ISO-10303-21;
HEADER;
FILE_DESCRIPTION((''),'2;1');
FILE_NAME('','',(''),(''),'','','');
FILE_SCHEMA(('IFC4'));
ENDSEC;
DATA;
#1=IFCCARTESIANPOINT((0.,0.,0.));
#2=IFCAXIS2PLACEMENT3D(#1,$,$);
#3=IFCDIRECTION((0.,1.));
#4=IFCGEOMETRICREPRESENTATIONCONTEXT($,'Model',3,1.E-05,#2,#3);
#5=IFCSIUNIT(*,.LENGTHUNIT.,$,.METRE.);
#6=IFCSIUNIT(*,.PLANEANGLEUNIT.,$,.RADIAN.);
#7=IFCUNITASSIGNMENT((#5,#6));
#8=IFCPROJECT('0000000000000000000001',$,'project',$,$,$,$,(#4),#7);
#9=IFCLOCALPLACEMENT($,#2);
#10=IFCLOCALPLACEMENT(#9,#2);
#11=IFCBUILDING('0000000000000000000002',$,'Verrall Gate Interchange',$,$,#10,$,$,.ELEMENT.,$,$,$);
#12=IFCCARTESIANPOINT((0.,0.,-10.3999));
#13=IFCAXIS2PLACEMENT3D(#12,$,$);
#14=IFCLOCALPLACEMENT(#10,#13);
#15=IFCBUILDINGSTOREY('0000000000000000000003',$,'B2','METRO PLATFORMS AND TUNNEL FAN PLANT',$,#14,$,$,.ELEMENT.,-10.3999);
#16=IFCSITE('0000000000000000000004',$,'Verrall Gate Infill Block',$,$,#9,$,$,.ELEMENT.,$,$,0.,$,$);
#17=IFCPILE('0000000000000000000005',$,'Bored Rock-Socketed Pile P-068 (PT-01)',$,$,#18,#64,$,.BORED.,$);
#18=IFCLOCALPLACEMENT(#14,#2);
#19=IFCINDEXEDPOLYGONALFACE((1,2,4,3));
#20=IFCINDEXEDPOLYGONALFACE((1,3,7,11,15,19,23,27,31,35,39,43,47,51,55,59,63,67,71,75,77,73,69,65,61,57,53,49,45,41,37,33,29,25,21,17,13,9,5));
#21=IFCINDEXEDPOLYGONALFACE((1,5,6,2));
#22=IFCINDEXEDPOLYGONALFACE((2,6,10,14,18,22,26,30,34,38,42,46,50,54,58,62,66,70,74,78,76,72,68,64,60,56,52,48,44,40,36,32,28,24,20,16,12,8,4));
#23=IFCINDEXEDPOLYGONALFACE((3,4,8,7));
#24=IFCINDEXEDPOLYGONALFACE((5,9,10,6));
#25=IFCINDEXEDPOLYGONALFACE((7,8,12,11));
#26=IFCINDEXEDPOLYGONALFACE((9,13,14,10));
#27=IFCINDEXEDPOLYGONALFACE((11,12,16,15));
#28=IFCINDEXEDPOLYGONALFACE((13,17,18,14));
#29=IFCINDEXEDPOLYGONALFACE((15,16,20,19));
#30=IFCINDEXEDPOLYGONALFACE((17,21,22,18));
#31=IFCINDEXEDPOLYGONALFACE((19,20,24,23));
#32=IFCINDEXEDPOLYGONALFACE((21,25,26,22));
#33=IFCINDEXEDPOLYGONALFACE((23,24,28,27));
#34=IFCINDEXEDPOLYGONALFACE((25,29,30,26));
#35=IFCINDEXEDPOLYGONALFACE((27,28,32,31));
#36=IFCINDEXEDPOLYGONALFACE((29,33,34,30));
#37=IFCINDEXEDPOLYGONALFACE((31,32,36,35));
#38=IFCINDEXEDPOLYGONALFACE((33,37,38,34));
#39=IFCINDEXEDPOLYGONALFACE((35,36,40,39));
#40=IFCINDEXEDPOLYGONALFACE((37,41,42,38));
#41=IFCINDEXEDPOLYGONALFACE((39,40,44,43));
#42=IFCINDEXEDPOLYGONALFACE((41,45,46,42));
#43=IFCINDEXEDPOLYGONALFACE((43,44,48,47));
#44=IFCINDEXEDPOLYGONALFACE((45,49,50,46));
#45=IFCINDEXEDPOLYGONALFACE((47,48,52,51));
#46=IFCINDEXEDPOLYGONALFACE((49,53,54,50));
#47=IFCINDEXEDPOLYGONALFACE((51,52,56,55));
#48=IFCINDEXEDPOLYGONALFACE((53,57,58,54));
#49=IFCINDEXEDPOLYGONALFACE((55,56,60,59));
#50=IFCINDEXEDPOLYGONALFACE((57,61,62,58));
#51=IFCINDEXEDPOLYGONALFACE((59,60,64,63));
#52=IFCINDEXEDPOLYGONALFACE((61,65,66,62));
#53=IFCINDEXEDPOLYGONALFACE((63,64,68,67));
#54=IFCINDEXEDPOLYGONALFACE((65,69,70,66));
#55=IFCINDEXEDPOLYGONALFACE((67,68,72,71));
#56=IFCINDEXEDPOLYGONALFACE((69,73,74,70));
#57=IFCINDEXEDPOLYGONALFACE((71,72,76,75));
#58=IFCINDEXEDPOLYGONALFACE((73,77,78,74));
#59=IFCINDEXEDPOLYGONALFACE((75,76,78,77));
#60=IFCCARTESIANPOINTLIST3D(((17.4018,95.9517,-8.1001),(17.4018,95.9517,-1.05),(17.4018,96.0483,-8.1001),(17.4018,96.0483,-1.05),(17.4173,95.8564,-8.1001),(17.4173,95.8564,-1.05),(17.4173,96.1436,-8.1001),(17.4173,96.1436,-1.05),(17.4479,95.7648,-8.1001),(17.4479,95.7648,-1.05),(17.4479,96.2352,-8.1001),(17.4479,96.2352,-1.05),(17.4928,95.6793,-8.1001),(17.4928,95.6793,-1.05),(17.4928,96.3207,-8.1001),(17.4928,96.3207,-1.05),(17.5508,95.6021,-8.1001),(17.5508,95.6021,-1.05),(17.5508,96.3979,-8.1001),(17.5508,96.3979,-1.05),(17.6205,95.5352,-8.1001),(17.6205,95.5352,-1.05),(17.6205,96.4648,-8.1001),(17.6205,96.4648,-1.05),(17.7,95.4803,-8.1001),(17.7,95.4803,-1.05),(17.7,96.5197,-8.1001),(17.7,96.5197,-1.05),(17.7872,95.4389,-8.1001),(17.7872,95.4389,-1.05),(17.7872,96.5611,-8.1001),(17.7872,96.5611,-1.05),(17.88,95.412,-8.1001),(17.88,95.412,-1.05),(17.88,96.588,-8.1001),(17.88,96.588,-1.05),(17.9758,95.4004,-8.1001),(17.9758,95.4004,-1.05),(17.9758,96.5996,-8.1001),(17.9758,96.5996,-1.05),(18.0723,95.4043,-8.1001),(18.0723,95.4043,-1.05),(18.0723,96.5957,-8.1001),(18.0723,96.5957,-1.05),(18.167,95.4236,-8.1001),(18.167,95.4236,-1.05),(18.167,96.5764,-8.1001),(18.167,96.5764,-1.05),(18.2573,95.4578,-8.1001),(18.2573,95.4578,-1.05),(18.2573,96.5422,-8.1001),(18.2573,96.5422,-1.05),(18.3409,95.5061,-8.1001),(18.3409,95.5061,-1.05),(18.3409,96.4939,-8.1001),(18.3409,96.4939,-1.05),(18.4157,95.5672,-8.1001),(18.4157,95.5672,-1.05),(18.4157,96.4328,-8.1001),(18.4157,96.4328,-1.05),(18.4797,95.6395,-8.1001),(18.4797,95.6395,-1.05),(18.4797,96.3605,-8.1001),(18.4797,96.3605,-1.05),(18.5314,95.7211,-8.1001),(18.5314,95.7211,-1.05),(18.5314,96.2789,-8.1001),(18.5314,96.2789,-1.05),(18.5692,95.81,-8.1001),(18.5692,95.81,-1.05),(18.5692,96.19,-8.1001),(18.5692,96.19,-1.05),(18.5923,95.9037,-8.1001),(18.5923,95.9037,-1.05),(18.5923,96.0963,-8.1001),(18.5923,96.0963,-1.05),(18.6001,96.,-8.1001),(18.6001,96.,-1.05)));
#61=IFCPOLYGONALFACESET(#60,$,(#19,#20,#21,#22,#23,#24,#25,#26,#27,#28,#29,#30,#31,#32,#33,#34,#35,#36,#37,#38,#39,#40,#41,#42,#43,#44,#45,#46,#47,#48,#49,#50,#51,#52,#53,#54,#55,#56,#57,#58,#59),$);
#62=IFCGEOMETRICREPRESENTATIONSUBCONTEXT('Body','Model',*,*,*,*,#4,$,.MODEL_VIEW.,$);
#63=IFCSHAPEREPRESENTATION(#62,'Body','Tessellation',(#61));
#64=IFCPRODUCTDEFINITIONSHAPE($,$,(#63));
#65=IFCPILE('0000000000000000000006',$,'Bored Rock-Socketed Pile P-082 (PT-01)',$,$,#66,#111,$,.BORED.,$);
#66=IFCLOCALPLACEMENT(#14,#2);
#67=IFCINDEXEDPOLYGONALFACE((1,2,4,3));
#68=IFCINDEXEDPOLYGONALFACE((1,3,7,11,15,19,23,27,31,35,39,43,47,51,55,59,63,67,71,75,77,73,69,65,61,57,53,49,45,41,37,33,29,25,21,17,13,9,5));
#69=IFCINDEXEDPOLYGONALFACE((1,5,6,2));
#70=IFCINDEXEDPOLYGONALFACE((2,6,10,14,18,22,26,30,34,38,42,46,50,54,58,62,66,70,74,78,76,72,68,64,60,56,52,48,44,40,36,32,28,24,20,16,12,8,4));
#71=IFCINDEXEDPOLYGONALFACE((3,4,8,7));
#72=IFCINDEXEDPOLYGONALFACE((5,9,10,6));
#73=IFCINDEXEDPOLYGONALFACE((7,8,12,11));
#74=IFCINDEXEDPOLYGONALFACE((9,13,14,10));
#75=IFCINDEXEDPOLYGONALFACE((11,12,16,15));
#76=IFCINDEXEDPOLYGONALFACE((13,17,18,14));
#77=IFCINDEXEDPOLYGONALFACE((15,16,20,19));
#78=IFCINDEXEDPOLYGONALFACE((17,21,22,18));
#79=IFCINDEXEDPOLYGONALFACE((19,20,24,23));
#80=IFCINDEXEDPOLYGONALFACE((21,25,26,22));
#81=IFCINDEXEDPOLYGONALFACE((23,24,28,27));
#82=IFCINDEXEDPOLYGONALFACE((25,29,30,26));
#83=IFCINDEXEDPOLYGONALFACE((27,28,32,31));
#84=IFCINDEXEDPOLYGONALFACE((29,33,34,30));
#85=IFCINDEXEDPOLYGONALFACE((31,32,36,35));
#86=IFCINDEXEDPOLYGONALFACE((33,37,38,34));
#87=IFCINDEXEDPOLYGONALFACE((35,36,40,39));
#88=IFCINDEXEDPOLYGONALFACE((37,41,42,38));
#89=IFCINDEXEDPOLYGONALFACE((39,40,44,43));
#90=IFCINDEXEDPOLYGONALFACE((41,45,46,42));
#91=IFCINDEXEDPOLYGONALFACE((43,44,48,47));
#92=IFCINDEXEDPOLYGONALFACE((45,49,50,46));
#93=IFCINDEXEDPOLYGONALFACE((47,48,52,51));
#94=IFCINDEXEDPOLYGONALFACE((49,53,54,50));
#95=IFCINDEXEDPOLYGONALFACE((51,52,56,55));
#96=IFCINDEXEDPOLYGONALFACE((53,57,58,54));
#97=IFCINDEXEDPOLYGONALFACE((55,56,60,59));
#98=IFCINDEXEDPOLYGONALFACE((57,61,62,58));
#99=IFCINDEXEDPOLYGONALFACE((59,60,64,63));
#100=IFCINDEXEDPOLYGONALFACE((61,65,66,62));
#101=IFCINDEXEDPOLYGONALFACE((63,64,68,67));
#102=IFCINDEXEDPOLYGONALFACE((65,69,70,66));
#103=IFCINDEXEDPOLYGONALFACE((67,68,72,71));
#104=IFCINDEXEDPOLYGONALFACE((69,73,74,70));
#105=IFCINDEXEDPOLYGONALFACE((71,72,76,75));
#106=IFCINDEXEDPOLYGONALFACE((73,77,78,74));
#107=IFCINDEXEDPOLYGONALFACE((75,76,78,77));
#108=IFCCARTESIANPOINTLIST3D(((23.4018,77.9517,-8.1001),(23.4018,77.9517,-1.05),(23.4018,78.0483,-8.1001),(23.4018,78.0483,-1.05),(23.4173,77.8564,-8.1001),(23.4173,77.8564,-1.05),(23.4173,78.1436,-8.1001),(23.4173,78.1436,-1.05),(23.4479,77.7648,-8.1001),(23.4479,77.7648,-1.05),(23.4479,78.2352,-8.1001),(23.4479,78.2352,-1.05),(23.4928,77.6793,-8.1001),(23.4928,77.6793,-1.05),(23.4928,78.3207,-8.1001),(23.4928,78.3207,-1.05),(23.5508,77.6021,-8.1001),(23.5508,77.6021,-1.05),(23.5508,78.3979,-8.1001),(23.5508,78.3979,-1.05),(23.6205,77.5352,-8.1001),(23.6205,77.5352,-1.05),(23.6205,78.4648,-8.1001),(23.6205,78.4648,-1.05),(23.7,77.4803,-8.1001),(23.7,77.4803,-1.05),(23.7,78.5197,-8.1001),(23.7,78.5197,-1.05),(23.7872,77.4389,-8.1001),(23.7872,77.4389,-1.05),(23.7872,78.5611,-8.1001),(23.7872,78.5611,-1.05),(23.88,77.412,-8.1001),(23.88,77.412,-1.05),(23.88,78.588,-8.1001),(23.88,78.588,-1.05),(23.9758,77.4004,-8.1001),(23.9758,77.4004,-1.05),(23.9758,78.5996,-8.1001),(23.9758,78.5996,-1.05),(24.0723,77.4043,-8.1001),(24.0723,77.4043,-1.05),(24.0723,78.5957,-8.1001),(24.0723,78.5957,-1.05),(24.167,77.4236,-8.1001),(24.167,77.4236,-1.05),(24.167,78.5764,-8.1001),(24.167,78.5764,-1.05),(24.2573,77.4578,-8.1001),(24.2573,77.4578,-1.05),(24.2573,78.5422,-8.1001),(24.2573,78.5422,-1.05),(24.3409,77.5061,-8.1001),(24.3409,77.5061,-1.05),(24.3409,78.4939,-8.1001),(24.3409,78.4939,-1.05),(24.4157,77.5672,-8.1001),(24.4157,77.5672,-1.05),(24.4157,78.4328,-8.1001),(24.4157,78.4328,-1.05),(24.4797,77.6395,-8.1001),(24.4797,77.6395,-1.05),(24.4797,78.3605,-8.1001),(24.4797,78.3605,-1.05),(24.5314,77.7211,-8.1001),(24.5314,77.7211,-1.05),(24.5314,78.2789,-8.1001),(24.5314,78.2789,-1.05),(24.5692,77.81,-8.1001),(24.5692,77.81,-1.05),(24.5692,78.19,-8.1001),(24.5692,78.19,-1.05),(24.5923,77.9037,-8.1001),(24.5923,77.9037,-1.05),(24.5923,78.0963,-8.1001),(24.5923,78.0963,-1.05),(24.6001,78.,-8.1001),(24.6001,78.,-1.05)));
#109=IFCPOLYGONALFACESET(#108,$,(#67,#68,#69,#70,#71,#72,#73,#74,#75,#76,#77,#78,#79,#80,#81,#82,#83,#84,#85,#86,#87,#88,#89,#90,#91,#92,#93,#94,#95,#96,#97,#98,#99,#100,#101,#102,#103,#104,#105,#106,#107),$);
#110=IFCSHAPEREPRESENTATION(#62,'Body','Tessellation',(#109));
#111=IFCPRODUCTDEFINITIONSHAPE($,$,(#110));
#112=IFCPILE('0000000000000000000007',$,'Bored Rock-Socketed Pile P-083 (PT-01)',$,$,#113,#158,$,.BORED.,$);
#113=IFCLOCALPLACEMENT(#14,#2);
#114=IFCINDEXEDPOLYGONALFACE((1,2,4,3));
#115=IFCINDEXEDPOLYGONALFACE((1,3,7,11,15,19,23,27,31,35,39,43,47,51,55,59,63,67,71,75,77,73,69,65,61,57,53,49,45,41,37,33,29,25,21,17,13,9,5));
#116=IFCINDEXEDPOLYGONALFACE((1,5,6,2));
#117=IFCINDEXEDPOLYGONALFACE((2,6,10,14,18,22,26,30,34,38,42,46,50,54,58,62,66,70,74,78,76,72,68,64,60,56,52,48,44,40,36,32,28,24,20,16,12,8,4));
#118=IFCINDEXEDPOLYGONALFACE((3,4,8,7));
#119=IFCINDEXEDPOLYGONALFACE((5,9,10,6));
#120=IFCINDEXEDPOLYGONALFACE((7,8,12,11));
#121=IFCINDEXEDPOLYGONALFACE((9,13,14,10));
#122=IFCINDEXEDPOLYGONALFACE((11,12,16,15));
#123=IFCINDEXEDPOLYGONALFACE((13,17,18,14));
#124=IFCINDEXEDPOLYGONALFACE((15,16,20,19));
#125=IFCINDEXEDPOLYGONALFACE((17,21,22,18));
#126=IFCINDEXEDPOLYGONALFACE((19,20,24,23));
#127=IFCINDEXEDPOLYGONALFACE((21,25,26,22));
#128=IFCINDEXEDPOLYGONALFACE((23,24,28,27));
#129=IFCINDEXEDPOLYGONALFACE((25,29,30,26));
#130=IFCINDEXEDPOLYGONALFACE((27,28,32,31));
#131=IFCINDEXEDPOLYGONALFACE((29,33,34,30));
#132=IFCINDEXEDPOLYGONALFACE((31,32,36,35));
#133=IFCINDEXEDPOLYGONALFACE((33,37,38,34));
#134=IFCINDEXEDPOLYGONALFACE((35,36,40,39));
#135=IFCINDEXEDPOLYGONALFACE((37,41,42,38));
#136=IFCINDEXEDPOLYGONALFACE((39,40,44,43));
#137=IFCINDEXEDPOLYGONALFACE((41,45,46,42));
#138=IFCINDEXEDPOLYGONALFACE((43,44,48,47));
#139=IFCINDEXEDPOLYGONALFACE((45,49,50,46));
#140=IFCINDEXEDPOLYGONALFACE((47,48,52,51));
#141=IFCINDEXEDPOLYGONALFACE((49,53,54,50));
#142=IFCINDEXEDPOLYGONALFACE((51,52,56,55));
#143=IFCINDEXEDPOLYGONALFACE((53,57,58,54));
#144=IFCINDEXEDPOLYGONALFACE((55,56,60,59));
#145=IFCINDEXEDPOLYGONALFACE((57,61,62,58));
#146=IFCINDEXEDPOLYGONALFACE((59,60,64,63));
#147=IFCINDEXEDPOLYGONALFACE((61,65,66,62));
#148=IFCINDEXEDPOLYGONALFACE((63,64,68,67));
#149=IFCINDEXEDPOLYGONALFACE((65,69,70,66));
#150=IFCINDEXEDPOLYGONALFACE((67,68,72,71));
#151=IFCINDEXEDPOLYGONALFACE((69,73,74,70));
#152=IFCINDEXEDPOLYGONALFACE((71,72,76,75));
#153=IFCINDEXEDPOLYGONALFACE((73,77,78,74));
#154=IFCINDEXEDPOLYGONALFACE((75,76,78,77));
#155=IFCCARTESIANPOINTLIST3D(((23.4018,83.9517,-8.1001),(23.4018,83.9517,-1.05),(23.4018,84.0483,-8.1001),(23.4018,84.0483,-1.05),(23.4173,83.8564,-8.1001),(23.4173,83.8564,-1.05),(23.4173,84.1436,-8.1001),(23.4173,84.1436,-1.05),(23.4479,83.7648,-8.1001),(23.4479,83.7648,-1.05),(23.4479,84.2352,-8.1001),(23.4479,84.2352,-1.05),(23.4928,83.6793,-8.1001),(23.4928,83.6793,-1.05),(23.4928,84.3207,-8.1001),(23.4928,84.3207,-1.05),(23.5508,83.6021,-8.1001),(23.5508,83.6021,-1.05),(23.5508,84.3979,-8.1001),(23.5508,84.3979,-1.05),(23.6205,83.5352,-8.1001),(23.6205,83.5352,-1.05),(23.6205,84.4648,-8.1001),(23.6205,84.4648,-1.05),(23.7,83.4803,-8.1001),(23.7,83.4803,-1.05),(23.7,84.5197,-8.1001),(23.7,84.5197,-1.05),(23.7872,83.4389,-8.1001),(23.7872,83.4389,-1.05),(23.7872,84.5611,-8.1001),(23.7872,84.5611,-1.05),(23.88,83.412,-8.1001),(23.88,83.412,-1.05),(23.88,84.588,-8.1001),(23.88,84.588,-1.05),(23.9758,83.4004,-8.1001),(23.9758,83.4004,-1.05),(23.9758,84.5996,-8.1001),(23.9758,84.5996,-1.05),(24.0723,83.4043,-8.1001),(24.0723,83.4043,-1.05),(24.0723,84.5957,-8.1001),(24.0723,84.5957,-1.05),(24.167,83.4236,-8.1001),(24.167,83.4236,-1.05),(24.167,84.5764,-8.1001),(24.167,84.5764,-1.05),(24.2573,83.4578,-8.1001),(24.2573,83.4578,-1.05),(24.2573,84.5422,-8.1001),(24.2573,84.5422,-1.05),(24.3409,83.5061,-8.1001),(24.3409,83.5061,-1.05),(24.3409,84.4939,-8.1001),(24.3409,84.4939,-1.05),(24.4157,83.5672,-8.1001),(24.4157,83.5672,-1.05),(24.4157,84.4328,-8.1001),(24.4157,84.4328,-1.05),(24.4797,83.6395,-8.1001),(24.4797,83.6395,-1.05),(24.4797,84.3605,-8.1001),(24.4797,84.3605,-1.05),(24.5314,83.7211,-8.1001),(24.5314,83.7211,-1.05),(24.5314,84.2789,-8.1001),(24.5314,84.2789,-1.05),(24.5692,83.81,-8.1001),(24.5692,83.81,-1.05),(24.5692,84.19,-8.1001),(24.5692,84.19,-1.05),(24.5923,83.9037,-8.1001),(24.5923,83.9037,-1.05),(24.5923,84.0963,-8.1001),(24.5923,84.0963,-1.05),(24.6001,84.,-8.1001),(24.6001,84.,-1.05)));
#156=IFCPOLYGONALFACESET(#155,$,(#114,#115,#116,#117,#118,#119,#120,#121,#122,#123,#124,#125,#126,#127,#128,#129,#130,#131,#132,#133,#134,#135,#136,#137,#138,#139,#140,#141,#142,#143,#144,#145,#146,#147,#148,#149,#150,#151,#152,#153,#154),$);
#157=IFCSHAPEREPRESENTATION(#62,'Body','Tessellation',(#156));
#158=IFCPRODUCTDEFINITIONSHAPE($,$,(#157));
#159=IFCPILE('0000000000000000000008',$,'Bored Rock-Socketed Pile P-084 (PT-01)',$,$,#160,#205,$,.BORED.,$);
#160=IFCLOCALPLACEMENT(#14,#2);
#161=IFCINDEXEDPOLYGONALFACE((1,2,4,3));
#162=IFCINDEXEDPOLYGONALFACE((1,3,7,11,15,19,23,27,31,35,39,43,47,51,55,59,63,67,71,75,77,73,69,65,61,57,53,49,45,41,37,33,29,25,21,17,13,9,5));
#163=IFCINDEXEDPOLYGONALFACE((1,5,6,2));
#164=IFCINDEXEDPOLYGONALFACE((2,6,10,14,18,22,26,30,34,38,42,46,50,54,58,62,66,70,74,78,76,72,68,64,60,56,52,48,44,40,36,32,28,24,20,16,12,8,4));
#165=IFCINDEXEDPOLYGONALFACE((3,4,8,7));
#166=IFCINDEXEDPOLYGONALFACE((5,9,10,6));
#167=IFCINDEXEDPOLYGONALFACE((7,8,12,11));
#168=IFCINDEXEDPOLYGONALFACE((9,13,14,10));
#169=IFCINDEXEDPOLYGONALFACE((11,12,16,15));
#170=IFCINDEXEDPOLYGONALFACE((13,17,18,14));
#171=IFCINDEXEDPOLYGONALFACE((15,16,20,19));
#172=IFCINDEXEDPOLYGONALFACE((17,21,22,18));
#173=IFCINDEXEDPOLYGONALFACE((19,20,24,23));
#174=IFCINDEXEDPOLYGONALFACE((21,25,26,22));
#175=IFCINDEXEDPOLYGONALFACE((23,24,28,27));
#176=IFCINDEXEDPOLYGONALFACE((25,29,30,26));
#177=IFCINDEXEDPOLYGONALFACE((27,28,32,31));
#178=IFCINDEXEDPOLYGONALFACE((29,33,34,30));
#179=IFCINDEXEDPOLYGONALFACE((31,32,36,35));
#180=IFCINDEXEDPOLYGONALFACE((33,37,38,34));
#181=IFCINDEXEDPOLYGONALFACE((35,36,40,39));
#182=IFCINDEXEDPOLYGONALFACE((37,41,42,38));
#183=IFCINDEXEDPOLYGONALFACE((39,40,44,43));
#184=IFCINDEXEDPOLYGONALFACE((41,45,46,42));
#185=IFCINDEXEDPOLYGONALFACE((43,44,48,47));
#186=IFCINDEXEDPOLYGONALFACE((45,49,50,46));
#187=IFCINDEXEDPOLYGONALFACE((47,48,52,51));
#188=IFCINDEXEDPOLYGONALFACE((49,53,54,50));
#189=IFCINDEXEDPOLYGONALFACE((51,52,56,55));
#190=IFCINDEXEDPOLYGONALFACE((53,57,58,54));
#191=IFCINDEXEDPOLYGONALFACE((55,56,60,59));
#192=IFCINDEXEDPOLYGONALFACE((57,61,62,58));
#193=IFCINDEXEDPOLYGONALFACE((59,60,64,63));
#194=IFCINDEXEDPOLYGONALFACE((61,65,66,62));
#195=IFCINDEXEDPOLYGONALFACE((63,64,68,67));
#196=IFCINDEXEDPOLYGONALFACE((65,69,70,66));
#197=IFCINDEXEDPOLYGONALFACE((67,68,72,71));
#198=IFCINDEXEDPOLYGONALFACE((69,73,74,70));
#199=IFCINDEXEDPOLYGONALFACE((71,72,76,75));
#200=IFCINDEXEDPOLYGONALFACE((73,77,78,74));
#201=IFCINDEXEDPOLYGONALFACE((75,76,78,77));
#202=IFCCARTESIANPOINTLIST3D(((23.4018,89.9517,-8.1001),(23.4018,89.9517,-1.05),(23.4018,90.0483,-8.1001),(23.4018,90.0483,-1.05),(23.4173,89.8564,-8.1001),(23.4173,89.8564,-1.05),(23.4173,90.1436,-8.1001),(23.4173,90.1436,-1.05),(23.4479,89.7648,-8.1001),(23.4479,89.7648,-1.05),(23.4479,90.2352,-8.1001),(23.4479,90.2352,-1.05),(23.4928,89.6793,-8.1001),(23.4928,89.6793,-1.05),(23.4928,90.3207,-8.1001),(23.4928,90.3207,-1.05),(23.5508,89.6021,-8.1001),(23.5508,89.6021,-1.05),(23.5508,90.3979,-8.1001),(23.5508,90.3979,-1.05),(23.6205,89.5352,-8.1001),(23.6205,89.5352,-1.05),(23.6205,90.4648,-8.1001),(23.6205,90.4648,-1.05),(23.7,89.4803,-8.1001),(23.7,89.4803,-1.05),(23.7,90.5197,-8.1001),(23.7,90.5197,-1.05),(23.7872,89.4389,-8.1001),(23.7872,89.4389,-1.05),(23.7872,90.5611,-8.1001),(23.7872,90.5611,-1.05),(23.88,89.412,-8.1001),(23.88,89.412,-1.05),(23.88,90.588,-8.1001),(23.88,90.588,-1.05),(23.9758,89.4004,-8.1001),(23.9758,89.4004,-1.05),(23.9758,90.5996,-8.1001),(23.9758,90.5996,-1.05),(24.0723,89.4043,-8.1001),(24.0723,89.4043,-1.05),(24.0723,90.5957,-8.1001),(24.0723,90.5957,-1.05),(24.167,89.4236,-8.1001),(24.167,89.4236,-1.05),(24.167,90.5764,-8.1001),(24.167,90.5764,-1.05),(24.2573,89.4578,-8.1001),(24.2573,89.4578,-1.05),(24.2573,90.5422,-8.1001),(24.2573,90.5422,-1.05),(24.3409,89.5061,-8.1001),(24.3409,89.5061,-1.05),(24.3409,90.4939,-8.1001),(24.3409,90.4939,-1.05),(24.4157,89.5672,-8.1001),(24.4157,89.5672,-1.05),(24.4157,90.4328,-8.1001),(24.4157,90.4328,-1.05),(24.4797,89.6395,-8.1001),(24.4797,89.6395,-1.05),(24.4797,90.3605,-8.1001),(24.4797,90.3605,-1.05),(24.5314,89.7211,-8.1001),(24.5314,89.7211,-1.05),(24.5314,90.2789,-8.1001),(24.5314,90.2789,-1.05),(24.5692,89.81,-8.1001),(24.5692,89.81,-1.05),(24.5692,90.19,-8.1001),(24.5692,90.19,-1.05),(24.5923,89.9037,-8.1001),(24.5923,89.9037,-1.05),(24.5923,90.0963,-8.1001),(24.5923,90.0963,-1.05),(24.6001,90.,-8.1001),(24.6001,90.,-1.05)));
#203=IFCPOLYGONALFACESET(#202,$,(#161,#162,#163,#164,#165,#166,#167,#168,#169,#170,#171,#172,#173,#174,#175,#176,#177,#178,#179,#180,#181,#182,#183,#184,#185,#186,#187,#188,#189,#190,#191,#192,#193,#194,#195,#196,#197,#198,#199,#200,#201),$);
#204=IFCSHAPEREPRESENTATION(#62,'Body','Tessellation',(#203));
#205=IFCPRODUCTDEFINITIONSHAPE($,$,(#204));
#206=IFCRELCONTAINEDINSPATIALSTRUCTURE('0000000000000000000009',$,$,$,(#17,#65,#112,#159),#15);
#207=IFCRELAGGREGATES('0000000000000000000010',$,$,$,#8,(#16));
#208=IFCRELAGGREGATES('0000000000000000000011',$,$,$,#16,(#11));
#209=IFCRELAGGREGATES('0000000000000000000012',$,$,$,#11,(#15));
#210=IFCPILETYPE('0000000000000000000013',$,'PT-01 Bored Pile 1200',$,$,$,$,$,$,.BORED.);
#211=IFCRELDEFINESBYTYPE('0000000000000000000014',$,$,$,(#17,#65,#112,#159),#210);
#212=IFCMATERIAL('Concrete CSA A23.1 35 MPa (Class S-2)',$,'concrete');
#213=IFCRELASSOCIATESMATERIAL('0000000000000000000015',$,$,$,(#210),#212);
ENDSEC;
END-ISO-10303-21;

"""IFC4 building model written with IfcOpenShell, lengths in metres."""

from ifc_helpers import new_model, si_unit, direction, frame, origin, origin_2d, place, context, subcontext, project, spatial, circle, extrude, material, material_profile, profile_set, type_object, element, save


model = new_model("IFC4")

# Units and contexts
model_context = context("Model", 3, precision=1e-05, world=origin(), true_north=direction((0.0, 1.0)))
body_context = subcontext(model_context, "Body", "Model", "MODEL_VIEW")
ifc_project = project(units=[si_unit("LENGTHUNIT", "METRE"), si_unit("PLANEANGLEUNIT", "RADIAN")], contexts=[model_context])

# Site, building, storey
site_placement = place(None, origin())
site = spatial("IfcSite", under=ifc_project, at=site_placement, Name="Verrall Gate Infill Block", CompositionType="ELEMENT", RefElevation=0.0)
building_placement = place(site_placement, origin())
building = spatial("IfcBuilding", under=site, at=building_placement, Name="Verrall Gate Interchange", CompositionType="ELEMENT")
storey_placement = place(building_placement, frame((0.0, 0.0, -10.3999)))
storey = spatial("IfcBuildingStorey", under=building, at=storey_placement, Name="B2", Description="METRO PLATFORMS AND TUNNEL FAN PLANT", CompositionType="ELEMENT", Elevation=-10.3999)

# Piles
ifc_material_1 = material(Name="Concrete CSA A23.1 35 MPa (Class S-2)", Category="concrete")
ifc_material_profile_1 = material_profile(ifc_material_1, circle(Radius=0.6001, at=origin_2d()), Name="PILE1200D")
ifc_profile_set_1 = profile_set([ifc_material_profile_1], Name="Concrete CSA A23.1 35 MPa (Class S-2)")
pile_type = type_object("IfcPileType", Name="PT-01 Bored Pile 1200", PredefinedType="BORED", material=ifc_profile_set_1)
for number, where, z_axis, x_axis, name in (
    (1, (18.0, 96.0, -1.05), (0.0, 0.0, -1.0), (1.0, 0.0, 0.0), "Bored Rock-Socketed Pile P-068 (PT-01)"),
    (2, (24.0, 78.0, -1.05), (0.0, 0.0, -1.0), (1.0, 0.0, 0.0), "Bored Rock-Socketed Pile P-082 (PT-01)"),
    (3, (24.0, 84.0, -1.05), (0.0, 0.0, -1.0), (1.0, 0.0, 0.0), "Bored Rock-Socketed Pile P-083 (PT-01)"),
    (4, (24.0, 90.0, -1.05), (0.0, 0.0, -1.0), (1.0, 0.0, 0.0), "Bored Rock-Socketed Pile P-084 (PT-01)"),
):
    element("IfcPile", number, at=place(storey_placement, frame(where, z_axis=z_axis, x_axis=x_axis)), inside=storey, type_object=pile_type, Name=name, PredefinedType="BORED", context=body_context, shape_type="SweptSolid", body=[
        extrude(circle(Radius=0.6001, at=origin_2d()), origin(), (0.0, 0.0, 1.0), 7.05),
    ])

save(model, "model.ifc")
